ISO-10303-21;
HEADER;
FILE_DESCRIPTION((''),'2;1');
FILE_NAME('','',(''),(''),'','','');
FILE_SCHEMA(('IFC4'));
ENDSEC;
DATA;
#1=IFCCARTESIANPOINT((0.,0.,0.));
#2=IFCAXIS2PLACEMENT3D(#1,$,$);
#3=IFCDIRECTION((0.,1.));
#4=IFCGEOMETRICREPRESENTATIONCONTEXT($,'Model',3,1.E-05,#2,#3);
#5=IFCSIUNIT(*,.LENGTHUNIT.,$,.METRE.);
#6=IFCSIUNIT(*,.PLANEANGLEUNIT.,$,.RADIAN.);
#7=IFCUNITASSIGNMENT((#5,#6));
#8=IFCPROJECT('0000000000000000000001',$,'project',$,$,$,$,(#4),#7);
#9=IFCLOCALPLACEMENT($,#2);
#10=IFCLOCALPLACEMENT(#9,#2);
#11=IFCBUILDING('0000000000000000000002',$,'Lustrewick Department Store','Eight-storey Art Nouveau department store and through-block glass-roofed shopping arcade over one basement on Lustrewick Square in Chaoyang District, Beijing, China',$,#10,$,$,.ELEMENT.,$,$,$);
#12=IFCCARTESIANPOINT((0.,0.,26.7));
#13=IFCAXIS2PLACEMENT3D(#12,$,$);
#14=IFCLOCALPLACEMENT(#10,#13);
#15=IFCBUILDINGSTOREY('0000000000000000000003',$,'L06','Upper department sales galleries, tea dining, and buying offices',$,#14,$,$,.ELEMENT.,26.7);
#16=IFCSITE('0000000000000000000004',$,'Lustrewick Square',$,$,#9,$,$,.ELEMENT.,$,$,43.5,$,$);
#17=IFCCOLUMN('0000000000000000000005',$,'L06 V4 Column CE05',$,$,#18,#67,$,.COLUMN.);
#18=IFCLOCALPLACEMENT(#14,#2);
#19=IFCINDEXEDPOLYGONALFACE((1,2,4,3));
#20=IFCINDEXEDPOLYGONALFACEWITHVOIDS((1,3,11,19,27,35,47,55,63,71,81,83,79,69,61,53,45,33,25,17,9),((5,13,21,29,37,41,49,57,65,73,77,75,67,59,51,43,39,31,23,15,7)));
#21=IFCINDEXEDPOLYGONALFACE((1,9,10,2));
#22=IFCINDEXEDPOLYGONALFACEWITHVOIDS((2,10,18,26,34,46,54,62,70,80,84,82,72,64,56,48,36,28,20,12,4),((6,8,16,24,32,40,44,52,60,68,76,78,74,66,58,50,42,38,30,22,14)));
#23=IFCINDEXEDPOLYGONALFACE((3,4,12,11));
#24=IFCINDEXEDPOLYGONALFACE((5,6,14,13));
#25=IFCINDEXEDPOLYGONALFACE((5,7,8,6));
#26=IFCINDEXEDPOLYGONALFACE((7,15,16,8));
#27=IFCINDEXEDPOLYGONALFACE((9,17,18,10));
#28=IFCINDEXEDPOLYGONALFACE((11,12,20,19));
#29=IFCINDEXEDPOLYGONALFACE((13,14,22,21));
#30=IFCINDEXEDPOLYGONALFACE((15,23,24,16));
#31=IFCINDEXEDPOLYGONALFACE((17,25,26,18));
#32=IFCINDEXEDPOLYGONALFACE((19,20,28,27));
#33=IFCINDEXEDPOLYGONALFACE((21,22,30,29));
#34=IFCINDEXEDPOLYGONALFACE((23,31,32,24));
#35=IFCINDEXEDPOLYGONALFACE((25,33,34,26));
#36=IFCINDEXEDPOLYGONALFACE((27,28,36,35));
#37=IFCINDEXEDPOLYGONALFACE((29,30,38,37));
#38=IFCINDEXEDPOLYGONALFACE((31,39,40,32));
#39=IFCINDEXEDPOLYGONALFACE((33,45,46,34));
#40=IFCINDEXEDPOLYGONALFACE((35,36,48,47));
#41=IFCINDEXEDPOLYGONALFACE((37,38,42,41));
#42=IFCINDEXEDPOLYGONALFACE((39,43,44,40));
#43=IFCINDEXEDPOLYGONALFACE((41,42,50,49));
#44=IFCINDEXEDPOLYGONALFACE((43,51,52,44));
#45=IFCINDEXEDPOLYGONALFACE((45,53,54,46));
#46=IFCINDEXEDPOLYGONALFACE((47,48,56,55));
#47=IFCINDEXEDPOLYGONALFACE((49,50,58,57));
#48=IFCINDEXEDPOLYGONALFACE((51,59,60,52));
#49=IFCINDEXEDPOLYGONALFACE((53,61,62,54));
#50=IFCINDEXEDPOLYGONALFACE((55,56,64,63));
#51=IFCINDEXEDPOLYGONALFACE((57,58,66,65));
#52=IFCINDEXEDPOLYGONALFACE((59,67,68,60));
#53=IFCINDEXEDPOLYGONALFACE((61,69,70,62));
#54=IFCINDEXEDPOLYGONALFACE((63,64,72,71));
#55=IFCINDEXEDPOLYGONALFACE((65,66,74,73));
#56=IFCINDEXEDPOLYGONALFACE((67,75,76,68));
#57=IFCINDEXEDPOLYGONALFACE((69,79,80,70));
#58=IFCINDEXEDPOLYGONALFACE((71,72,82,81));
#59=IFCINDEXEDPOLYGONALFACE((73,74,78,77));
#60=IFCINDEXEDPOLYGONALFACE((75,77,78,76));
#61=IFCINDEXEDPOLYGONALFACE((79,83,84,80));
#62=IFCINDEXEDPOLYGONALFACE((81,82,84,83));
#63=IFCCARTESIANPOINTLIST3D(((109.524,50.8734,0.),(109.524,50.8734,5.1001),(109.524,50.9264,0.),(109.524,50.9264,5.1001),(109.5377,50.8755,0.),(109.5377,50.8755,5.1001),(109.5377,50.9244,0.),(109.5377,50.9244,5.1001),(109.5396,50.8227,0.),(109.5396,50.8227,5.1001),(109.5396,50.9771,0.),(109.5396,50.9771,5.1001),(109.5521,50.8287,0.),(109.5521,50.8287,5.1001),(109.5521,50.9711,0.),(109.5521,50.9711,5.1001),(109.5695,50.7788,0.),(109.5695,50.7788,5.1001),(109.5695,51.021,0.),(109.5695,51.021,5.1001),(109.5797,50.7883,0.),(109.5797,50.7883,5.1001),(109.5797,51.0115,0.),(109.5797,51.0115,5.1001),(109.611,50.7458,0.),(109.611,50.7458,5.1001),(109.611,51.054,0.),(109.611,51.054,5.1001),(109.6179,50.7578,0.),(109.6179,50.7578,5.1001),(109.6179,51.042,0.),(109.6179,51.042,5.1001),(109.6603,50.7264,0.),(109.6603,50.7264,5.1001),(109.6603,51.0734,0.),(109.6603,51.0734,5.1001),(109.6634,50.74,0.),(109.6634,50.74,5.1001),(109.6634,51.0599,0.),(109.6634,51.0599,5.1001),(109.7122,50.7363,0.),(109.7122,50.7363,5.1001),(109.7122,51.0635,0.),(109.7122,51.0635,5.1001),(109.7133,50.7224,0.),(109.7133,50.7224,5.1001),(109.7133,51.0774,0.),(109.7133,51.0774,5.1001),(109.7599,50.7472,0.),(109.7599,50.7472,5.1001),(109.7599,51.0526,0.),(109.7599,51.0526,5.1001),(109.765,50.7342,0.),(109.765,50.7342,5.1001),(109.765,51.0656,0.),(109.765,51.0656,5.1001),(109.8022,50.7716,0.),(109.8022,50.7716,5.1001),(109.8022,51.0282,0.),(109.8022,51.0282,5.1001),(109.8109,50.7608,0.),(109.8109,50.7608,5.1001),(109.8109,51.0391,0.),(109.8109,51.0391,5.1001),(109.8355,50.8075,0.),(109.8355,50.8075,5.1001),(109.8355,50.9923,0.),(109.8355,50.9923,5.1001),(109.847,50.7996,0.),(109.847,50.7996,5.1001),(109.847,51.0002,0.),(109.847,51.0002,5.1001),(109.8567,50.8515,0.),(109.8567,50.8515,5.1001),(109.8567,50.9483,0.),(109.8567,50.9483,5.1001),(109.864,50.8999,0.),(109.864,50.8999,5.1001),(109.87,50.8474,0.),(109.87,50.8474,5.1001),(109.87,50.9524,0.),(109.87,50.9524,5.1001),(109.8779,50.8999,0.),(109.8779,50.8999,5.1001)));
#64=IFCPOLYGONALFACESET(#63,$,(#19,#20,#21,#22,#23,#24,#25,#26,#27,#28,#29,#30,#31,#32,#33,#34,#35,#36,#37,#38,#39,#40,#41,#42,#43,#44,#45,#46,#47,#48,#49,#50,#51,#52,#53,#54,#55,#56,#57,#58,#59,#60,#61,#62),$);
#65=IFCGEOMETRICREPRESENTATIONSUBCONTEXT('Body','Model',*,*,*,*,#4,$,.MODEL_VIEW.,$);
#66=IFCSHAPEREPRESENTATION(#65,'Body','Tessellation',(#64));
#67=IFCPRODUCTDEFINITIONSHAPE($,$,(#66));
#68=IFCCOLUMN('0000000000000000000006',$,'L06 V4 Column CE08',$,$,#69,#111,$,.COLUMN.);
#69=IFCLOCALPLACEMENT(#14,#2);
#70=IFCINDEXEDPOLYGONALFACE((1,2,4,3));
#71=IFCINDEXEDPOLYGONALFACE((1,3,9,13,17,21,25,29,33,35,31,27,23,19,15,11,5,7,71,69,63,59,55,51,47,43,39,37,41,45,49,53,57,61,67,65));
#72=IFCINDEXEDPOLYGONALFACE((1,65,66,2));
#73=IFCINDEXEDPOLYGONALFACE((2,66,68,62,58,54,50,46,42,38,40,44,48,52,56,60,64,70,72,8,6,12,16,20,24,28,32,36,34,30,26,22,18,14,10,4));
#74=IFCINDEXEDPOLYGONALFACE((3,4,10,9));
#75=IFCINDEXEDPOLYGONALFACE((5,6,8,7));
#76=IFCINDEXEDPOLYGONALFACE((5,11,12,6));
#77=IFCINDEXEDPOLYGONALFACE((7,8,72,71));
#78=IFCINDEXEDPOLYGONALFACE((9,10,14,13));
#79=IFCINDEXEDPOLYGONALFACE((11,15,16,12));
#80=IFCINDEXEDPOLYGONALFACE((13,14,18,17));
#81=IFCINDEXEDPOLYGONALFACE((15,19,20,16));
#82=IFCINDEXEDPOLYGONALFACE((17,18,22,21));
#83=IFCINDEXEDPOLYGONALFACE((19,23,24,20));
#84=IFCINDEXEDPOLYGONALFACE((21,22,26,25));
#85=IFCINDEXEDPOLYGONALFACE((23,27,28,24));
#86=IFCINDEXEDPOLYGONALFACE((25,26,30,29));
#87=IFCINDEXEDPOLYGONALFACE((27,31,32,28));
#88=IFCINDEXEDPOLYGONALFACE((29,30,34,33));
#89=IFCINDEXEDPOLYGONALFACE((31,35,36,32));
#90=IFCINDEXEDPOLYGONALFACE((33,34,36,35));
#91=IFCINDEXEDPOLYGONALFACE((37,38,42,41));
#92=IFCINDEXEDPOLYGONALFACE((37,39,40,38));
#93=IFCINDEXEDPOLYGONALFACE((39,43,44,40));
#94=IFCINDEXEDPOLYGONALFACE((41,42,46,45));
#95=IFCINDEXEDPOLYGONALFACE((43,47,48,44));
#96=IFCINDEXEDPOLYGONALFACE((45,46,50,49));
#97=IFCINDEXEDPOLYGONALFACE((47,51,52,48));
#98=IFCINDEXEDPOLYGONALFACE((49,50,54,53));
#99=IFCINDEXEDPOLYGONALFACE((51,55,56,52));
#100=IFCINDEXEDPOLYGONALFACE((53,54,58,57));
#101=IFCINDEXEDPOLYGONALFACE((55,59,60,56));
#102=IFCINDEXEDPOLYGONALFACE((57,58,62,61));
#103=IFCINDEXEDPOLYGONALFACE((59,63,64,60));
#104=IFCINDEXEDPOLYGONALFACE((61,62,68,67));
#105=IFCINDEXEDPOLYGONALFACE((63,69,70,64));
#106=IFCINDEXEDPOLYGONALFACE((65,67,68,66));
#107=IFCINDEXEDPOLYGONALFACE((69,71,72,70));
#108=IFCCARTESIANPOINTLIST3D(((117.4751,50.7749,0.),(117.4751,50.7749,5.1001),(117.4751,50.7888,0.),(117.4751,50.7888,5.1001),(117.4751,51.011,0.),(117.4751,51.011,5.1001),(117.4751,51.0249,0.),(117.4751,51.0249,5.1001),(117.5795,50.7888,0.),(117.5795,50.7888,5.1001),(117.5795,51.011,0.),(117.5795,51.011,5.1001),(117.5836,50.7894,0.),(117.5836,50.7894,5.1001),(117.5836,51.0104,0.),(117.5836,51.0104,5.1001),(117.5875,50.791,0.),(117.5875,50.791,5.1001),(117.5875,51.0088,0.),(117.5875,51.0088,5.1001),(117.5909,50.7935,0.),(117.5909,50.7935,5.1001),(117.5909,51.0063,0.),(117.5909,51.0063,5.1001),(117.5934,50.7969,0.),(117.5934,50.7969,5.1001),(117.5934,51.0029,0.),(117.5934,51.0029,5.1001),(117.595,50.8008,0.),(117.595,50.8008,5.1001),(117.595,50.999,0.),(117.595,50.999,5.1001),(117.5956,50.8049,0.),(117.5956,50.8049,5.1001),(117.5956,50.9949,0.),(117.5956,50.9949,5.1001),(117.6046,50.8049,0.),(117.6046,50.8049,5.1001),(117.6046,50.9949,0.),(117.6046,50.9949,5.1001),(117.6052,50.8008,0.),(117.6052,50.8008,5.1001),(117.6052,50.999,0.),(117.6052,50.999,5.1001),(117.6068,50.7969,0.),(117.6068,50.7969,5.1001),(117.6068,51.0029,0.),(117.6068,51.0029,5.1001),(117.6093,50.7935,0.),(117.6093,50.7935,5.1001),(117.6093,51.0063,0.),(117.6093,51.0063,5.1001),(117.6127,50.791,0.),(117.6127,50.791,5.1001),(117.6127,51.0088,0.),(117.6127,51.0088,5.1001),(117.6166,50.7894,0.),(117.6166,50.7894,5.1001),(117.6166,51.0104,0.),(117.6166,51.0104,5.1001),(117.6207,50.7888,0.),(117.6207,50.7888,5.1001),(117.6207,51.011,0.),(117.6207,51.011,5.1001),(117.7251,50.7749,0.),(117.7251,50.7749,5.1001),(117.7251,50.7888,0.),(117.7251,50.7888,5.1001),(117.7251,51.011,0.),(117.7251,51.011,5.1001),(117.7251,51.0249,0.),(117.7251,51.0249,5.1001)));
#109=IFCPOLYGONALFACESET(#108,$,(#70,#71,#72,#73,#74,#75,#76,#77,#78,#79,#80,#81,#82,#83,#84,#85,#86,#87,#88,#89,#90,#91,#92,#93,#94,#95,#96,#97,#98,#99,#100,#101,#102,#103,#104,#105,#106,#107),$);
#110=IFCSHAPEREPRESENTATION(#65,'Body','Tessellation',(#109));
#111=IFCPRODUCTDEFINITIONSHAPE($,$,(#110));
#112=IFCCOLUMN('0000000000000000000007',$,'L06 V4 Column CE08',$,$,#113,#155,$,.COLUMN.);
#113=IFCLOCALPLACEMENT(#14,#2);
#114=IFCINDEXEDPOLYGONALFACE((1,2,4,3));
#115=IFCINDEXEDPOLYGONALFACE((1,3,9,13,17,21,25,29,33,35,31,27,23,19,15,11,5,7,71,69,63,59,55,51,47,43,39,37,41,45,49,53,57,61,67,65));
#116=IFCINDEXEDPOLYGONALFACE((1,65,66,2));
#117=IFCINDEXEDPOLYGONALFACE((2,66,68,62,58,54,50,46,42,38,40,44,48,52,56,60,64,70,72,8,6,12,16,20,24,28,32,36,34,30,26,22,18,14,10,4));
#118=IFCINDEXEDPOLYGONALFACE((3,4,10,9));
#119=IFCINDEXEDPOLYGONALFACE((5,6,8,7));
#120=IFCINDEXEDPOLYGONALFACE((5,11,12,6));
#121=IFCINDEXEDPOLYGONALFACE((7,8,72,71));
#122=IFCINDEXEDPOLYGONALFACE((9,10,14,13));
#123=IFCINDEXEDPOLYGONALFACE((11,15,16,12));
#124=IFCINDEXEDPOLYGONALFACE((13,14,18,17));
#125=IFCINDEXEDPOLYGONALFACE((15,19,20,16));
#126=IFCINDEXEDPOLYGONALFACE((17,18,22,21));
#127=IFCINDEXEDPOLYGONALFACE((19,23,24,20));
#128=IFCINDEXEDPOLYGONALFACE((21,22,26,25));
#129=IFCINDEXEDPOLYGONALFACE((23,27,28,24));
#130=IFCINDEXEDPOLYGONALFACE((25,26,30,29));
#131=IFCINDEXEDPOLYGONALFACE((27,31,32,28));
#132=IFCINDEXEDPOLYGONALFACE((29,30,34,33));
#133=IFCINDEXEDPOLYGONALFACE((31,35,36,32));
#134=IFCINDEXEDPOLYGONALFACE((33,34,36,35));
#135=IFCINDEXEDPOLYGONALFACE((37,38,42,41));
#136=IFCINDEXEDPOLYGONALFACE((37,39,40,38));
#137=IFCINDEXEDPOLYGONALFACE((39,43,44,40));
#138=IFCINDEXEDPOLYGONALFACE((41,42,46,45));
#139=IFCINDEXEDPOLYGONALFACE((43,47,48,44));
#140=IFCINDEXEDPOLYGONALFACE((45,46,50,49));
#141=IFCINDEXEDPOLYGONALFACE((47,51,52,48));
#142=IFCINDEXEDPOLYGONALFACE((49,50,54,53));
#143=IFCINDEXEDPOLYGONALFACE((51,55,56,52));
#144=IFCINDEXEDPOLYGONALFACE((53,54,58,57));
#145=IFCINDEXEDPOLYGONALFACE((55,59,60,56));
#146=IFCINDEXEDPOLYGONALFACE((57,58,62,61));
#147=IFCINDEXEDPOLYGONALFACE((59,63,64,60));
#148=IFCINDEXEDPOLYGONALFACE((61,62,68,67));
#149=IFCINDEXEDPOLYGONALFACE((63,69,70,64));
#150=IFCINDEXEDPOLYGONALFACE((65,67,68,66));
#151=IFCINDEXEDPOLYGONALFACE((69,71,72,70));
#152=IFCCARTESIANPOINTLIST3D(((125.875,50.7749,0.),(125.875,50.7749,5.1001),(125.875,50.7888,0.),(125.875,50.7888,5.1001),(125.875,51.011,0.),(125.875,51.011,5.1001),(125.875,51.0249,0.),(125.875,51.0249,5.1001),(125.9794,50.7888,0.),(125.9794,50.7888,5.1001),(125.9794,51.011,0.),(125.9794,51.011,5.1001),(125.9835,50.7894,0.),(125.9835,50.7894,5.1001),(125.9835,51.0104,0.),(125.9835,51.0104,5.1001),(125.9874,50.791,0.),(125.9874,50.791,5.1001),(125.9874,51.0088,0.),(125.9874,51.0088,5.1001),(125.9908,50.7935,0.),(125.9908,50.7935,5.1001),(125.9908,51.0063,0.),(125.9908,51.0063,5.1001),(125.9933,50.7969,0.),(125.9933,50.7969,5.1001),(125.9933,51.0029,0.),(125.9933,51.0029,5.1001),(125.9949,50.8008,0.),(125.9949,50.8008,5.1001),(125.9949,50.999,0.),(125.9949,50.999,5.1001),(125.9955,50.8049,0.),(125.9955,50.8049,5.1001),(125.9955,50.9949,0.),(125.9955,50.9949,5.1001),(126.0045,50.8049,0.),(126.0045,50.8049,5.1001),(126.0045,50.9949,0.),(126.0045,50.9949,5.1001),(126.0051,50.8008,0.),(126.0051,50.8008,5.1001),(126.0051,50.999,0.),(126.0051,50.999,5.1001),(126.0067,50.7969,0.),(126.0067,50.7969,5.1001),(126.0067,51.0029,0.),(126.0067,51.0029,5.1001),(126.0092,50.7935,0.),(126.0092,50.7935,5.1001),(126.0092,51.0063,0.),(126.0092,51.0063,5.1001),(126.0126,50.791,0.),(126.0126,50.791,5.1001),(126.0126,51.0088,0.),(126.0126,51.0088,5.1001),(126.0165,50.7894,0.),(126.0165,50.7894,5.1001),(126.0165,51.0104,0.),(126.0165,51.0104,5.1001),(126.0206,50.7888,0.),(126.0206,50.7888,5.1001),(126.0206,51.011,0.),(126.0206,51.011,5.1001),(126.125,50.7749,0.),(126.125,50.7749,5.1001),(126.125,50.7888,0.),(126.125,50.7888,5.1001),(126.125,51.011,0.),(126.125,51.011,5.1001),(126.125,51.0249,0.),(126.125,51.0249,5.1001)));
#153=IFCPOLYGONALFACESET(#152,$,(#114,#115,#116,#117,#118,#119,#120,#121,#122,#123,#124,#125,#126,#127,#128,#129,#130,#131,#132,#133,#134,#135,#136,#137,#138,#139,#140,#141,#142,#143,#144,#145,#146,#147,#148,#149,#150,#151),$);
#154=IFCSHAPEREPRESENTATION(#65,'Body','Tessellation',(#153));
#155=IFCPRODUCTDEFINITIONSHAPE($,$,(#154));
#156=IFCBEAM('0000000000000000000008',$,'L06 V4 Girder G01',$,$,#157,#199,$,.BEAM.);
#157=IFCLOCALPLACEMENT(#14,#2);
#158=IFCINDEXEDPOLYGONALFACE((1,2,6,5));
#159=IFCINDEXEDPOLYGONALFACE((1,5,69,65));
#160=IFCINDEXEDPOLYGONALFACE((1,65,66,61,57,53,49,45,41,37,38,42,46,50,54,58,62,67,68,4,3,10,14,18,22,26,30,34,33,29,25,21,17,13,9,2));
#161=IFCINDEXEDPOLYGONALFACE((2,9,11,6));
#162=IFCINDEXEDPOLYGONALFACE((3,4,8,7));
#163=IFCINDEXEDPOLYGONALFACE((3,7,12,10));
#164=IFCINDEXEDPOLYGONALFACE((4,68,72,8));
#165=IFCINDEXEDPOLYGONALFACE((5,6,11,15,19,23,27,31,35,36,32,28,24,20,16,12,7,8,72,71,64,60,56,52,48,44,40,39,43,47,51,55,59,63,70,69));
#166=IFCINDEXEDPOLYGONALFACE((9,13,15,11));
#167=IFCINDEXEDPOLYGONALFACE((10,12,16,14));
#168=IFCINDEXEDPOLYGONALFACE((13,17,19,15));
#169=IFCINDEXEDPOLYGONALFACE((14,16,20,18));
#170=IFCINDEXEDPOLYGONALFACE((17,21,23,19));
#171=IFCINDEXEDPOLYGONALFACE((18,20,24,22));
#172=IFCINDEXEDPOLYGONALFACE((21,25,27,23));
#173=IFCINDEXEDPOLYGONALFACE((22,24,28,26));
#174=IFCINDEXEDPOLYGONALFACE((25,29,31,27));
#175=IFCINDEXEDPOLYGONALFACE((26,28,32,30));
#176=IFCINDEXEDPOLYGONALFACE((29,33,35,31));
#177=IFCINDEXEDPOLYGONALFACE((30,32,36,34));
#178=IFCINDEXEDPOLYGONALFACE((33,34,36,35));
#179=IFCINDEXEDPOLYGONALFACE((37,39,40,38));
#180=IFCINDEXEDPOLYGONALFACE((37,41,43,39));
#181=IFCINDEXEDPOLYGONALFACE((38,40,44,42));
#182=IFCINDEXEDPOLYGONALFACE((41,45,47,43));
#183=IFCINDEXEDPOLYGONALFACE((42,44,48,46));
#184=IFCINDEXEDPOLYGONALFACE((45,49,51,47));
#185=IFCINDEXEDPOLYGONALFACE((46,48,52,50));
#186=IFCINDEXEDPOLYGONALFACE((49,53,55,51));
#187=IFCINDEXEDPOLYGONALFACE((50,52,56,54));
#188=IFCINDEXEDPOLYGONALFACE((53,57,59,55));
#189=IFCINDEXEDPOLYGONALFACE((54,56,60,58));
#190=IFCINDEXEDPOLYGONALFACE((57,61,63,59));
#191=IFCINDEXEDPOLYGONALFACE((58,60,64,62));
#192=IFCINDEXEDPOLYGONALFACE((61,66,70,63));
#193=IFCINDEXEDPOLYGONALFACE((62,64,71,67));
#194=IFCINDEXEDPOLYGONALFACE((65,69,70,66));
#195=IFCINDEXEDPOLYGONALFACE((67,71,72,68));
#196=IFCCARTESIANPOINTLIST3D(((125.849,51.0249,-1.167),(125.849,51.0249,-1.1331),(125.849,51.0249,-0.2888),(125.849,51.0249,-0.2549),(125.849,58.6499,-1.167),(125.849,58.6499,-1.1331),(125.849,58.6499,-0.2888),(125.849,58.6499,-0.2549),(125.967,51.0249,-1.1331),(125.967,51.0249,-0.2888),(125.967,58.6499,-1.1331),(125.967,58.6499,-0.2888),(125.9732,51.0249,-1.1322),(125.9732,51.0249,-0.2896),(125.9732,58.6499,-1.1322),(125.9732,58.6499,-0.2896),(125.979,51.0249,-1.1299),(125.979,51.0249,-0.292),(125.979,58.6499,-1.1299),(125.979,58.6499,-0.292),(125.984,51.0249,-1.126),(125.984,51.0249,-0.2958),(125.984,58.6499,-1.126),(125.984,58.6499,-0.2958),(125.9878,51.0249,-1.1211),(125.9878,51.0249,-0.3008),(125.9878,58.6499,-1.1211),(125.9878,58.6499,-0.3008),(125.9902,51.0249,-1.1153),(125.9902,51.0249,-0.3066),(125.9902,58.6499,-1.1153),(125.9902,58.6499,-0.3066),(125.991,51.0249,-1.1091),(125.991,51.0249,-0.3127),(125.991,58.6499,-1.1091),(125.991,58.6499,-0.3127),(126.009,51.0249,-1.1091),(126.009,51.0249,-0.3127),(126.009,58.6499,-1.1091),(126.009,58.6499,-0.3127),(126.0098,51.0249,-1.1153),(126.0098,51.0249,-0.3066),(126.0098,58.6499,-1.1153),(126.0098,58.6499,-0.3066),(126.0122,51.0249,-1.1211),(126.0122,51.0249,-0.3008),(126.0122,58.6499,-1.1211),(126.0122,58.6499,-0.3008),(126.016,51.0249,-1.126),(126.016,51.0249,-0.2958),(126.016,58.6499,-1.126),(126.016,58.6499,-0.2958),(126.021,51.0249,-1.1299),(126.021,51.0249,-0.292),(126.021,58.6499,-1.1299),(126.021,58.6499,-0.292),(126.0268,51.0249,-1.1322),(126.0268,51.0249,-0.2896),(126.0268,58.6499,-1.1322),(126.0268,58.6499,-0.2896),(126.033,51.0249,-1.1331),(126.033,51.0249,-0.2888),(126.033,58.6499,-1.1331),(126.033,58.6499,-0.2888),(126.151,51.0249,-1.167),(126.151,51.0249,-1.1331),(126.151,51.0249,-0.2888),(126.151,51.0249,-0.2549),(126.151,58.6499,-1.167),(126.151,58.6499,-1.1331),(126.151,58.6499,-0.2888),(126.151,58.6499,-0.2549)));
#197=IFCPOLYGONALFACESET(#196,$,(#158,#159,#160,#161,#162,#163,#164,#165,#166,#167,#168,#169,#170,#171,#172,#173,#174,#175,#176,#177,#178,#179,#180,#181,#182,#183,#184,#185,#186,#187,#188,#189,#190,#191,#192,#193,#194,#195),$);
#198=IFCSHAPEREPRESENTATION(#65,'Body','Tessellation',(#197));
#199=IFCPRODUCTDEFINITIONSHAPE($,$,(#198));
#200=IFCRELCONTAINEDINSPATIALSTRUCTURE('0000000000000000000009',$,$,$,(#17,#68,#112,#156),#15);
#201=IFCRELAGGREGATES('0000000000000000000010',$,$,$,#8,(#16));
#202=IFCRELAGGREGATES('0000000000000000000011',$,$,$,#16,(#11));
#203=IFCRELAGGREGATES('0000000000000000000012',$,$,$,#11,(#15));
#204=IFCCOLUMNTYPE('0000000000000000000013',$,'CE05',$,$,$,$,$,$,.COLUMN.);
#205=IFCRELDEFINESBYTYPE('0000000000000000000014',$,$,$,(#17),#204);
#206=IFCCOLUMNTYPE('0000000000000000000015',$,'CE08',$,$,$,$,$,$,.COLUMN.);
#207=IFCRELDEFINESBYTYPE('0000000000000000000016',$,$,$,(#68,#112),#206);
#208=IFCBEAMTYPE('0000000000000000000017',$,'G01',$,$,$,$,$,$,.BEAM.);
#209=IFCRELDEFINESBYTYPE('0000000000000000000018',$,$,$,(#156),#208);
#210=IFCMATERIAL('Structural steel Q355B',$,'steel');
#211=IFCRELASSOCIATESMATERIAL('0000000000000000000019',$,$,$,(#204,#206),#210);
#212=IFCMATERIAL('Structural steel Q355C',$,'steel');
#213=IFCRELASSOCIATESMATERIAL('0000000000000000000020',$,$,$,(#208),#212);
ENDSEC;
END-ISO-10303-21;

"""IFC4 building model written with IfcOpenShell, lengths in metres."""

from ifc_helpers import new_model, si_unit, direction, frame, origin, origin_2d, place, context, subcontext, project, spatial, hollow_circle, i_section, extrude, material, material_profile, profile_set, type_object, element, save


model = new_model("IFC4")

# Units and contexts
model_context = context("Model", 3, precision=1e-05, world=origin(), true_north=direction((0.0, 1.0)))
body_context = subcontext(model_context, "Body", "Model", "MODEL_VIEW")
ifc_project = project(units=[si_unit("LENGTHUNIT", "METRE"), si_unit("PLANEANGLEUNIT", "RADIAN")], contexts=[model_context])

# Site, building, storey
site_placement = place(None, origin())
site = spatial("IfcSite", under=ifc_project, at=site_placement, Name="Lustrewick Square", CompositionType="ELEMENT", RefElevation=43.5)
building_placement = place(site_placement, origin())
building = spatial("IfcBuilding", under=site, at=building_placement, Name="Lustrewick Department Store", Description="Eight-storey Art Nouveau department store and through-block glass-roofed shopping arcade over one basement on Lustrewick Square in Chaoyang District, Beijing, China", CompositionType="ELEMENT")
storey_placement = place(building_placement, frame((0.0, 0.0, 26.7)))
storey = spatial("IfcBuildingStorey", under=building, at=storey_placement, Name="L06", Description="Upper department sales galleries, tea dining, and buying offices", CompositionType="ELEMENT", Elevation=26.7)

# Columns
ifc_material_1 = material(Name="Structural steel Q355B", Category="steel")
ifc_material_profile_1 = material_profile(ifc_material_1, hollow_circle(Radius=0.178, WallThickness=0.0139, at=origin_2d()), Name="CHS 356x14")
ifc_profile_set_1 = profile_set([ifc_material_profile_1], Name="Structural steel Q355B")
column_type_1 = type_object("IfcColumnType", Name="CE05", PredefinedType="COLUMN", material=ifc_profile_set_1)
column_placement = place(storey_placement, frame((109.7, 50.8999, 0.0), z_axis=(0.0, 0.0, 1.0), x_axis=(1.0, 0.0, 0.0)))
element("IfcColumn", 1, at=column_placement, inside=storey, type_object=column_type_1, Name="L06 V4 Column CE05", PredefinedType="COLUMN", context=body_context, shape_type="SweptSolid", body=[
    extrude(hollow_circle(Radius=0.178, WallThickness=0.0139, at=origin_2d()), origin(), (0.0, 0.0, 1.0), 5.1001),
])
ifc_material_profile_2 = material_profile(ifc_material_1, i_section(OverallWidth=0.25, OverallDepth=0.25, WebThickness=0.009, FlangeThickness=0.0139, FilletRadius=0.0161, at=origin_2d()), Name="HW 250x250x9x14")
ifc_profile_set_2 = profile_set([ifc_material_profile_2], Name="Structural steel Q355B")
column_type_2 = type_object("IfcColumnType", Name="CE08", PredefinedType="COLUMN", material=ifc_profile_set_2)
for number, where, z_axis, x_axis, name in (
    (2, (117.6001, 50.8999, 0.0), (0.0, 0.0, 1.0), (1.0, 0.0, 0.0), "L06 V4 Column CE08"),
    (3, (126.0, 50.8999, 0.0), (0.0, 0.0, 1.0), (1.0, 0.0, 0.0), "L06 V4 Column CE08"),
):
    element("IfcColumn", number, at=place(storey_placement, frame(where, z_axis=z_axis, x_axis=x_axis)), inside=storey, type_object=column_type_2, Name=name, PredefinedType="COLUMN", context=body_context, shape_type="SweptSolid", body=[
        extrude(i_section(OverallWidth=0.25, OverallDepth=0.25, WebThickness=0.009, FlangeThickness=0.0139, FilletRadius=0.0161, at=origin_2d()), origin(), (0.0, 0.0, 1.0), 5.1001),
    ])

# Beam
ifc_material_2 = material(Name="Structural steel Q355C", Category="steel")
ifc_material_profile_3 = material_profile(ifc_material_2, i_section(OverallWidth=0.302, OverallDepth=0.9121, WebThickness=0.0181, FlangeThickness=0.0339, FilletRadius=0.0239, at=origin_2d()), Name="HN 912x302x18x34")
ifc_profile_set_3 = profile_set([ifc_material_profile_3], Name="Structural steel Q355C")
beam_type_1 = type_object("IfcBeamType", Name="G01", PredefinedType="BEAM", material=ifc_profile_set_3)
beam_1_placement = place(storey_placement, frame((126.0, 51.0249, -0.7109), z_axis=(0.0, 1.0, 0.0), x_axis=(-1.0, 0.0, 0.0)))
element("IfcBeam", 4, at=beam_1_placement, inside=storey, type_object=beam_type_1, Name="L06 V4 Girder G01", PredefinedType="BEAM", context=body_context, shape_type="SweptSolid", body=[
    extrude(i_section(OverallWidth=0.302, OverallDepth=0.9121, WebThickness=0.0181, FlangeThickness=0.0339, FilletRadius=0.0239, at=origin_2d()), origin(), (0.0, 0.0, 1.0), 7.625),
])

save(model, "model.ifc")
